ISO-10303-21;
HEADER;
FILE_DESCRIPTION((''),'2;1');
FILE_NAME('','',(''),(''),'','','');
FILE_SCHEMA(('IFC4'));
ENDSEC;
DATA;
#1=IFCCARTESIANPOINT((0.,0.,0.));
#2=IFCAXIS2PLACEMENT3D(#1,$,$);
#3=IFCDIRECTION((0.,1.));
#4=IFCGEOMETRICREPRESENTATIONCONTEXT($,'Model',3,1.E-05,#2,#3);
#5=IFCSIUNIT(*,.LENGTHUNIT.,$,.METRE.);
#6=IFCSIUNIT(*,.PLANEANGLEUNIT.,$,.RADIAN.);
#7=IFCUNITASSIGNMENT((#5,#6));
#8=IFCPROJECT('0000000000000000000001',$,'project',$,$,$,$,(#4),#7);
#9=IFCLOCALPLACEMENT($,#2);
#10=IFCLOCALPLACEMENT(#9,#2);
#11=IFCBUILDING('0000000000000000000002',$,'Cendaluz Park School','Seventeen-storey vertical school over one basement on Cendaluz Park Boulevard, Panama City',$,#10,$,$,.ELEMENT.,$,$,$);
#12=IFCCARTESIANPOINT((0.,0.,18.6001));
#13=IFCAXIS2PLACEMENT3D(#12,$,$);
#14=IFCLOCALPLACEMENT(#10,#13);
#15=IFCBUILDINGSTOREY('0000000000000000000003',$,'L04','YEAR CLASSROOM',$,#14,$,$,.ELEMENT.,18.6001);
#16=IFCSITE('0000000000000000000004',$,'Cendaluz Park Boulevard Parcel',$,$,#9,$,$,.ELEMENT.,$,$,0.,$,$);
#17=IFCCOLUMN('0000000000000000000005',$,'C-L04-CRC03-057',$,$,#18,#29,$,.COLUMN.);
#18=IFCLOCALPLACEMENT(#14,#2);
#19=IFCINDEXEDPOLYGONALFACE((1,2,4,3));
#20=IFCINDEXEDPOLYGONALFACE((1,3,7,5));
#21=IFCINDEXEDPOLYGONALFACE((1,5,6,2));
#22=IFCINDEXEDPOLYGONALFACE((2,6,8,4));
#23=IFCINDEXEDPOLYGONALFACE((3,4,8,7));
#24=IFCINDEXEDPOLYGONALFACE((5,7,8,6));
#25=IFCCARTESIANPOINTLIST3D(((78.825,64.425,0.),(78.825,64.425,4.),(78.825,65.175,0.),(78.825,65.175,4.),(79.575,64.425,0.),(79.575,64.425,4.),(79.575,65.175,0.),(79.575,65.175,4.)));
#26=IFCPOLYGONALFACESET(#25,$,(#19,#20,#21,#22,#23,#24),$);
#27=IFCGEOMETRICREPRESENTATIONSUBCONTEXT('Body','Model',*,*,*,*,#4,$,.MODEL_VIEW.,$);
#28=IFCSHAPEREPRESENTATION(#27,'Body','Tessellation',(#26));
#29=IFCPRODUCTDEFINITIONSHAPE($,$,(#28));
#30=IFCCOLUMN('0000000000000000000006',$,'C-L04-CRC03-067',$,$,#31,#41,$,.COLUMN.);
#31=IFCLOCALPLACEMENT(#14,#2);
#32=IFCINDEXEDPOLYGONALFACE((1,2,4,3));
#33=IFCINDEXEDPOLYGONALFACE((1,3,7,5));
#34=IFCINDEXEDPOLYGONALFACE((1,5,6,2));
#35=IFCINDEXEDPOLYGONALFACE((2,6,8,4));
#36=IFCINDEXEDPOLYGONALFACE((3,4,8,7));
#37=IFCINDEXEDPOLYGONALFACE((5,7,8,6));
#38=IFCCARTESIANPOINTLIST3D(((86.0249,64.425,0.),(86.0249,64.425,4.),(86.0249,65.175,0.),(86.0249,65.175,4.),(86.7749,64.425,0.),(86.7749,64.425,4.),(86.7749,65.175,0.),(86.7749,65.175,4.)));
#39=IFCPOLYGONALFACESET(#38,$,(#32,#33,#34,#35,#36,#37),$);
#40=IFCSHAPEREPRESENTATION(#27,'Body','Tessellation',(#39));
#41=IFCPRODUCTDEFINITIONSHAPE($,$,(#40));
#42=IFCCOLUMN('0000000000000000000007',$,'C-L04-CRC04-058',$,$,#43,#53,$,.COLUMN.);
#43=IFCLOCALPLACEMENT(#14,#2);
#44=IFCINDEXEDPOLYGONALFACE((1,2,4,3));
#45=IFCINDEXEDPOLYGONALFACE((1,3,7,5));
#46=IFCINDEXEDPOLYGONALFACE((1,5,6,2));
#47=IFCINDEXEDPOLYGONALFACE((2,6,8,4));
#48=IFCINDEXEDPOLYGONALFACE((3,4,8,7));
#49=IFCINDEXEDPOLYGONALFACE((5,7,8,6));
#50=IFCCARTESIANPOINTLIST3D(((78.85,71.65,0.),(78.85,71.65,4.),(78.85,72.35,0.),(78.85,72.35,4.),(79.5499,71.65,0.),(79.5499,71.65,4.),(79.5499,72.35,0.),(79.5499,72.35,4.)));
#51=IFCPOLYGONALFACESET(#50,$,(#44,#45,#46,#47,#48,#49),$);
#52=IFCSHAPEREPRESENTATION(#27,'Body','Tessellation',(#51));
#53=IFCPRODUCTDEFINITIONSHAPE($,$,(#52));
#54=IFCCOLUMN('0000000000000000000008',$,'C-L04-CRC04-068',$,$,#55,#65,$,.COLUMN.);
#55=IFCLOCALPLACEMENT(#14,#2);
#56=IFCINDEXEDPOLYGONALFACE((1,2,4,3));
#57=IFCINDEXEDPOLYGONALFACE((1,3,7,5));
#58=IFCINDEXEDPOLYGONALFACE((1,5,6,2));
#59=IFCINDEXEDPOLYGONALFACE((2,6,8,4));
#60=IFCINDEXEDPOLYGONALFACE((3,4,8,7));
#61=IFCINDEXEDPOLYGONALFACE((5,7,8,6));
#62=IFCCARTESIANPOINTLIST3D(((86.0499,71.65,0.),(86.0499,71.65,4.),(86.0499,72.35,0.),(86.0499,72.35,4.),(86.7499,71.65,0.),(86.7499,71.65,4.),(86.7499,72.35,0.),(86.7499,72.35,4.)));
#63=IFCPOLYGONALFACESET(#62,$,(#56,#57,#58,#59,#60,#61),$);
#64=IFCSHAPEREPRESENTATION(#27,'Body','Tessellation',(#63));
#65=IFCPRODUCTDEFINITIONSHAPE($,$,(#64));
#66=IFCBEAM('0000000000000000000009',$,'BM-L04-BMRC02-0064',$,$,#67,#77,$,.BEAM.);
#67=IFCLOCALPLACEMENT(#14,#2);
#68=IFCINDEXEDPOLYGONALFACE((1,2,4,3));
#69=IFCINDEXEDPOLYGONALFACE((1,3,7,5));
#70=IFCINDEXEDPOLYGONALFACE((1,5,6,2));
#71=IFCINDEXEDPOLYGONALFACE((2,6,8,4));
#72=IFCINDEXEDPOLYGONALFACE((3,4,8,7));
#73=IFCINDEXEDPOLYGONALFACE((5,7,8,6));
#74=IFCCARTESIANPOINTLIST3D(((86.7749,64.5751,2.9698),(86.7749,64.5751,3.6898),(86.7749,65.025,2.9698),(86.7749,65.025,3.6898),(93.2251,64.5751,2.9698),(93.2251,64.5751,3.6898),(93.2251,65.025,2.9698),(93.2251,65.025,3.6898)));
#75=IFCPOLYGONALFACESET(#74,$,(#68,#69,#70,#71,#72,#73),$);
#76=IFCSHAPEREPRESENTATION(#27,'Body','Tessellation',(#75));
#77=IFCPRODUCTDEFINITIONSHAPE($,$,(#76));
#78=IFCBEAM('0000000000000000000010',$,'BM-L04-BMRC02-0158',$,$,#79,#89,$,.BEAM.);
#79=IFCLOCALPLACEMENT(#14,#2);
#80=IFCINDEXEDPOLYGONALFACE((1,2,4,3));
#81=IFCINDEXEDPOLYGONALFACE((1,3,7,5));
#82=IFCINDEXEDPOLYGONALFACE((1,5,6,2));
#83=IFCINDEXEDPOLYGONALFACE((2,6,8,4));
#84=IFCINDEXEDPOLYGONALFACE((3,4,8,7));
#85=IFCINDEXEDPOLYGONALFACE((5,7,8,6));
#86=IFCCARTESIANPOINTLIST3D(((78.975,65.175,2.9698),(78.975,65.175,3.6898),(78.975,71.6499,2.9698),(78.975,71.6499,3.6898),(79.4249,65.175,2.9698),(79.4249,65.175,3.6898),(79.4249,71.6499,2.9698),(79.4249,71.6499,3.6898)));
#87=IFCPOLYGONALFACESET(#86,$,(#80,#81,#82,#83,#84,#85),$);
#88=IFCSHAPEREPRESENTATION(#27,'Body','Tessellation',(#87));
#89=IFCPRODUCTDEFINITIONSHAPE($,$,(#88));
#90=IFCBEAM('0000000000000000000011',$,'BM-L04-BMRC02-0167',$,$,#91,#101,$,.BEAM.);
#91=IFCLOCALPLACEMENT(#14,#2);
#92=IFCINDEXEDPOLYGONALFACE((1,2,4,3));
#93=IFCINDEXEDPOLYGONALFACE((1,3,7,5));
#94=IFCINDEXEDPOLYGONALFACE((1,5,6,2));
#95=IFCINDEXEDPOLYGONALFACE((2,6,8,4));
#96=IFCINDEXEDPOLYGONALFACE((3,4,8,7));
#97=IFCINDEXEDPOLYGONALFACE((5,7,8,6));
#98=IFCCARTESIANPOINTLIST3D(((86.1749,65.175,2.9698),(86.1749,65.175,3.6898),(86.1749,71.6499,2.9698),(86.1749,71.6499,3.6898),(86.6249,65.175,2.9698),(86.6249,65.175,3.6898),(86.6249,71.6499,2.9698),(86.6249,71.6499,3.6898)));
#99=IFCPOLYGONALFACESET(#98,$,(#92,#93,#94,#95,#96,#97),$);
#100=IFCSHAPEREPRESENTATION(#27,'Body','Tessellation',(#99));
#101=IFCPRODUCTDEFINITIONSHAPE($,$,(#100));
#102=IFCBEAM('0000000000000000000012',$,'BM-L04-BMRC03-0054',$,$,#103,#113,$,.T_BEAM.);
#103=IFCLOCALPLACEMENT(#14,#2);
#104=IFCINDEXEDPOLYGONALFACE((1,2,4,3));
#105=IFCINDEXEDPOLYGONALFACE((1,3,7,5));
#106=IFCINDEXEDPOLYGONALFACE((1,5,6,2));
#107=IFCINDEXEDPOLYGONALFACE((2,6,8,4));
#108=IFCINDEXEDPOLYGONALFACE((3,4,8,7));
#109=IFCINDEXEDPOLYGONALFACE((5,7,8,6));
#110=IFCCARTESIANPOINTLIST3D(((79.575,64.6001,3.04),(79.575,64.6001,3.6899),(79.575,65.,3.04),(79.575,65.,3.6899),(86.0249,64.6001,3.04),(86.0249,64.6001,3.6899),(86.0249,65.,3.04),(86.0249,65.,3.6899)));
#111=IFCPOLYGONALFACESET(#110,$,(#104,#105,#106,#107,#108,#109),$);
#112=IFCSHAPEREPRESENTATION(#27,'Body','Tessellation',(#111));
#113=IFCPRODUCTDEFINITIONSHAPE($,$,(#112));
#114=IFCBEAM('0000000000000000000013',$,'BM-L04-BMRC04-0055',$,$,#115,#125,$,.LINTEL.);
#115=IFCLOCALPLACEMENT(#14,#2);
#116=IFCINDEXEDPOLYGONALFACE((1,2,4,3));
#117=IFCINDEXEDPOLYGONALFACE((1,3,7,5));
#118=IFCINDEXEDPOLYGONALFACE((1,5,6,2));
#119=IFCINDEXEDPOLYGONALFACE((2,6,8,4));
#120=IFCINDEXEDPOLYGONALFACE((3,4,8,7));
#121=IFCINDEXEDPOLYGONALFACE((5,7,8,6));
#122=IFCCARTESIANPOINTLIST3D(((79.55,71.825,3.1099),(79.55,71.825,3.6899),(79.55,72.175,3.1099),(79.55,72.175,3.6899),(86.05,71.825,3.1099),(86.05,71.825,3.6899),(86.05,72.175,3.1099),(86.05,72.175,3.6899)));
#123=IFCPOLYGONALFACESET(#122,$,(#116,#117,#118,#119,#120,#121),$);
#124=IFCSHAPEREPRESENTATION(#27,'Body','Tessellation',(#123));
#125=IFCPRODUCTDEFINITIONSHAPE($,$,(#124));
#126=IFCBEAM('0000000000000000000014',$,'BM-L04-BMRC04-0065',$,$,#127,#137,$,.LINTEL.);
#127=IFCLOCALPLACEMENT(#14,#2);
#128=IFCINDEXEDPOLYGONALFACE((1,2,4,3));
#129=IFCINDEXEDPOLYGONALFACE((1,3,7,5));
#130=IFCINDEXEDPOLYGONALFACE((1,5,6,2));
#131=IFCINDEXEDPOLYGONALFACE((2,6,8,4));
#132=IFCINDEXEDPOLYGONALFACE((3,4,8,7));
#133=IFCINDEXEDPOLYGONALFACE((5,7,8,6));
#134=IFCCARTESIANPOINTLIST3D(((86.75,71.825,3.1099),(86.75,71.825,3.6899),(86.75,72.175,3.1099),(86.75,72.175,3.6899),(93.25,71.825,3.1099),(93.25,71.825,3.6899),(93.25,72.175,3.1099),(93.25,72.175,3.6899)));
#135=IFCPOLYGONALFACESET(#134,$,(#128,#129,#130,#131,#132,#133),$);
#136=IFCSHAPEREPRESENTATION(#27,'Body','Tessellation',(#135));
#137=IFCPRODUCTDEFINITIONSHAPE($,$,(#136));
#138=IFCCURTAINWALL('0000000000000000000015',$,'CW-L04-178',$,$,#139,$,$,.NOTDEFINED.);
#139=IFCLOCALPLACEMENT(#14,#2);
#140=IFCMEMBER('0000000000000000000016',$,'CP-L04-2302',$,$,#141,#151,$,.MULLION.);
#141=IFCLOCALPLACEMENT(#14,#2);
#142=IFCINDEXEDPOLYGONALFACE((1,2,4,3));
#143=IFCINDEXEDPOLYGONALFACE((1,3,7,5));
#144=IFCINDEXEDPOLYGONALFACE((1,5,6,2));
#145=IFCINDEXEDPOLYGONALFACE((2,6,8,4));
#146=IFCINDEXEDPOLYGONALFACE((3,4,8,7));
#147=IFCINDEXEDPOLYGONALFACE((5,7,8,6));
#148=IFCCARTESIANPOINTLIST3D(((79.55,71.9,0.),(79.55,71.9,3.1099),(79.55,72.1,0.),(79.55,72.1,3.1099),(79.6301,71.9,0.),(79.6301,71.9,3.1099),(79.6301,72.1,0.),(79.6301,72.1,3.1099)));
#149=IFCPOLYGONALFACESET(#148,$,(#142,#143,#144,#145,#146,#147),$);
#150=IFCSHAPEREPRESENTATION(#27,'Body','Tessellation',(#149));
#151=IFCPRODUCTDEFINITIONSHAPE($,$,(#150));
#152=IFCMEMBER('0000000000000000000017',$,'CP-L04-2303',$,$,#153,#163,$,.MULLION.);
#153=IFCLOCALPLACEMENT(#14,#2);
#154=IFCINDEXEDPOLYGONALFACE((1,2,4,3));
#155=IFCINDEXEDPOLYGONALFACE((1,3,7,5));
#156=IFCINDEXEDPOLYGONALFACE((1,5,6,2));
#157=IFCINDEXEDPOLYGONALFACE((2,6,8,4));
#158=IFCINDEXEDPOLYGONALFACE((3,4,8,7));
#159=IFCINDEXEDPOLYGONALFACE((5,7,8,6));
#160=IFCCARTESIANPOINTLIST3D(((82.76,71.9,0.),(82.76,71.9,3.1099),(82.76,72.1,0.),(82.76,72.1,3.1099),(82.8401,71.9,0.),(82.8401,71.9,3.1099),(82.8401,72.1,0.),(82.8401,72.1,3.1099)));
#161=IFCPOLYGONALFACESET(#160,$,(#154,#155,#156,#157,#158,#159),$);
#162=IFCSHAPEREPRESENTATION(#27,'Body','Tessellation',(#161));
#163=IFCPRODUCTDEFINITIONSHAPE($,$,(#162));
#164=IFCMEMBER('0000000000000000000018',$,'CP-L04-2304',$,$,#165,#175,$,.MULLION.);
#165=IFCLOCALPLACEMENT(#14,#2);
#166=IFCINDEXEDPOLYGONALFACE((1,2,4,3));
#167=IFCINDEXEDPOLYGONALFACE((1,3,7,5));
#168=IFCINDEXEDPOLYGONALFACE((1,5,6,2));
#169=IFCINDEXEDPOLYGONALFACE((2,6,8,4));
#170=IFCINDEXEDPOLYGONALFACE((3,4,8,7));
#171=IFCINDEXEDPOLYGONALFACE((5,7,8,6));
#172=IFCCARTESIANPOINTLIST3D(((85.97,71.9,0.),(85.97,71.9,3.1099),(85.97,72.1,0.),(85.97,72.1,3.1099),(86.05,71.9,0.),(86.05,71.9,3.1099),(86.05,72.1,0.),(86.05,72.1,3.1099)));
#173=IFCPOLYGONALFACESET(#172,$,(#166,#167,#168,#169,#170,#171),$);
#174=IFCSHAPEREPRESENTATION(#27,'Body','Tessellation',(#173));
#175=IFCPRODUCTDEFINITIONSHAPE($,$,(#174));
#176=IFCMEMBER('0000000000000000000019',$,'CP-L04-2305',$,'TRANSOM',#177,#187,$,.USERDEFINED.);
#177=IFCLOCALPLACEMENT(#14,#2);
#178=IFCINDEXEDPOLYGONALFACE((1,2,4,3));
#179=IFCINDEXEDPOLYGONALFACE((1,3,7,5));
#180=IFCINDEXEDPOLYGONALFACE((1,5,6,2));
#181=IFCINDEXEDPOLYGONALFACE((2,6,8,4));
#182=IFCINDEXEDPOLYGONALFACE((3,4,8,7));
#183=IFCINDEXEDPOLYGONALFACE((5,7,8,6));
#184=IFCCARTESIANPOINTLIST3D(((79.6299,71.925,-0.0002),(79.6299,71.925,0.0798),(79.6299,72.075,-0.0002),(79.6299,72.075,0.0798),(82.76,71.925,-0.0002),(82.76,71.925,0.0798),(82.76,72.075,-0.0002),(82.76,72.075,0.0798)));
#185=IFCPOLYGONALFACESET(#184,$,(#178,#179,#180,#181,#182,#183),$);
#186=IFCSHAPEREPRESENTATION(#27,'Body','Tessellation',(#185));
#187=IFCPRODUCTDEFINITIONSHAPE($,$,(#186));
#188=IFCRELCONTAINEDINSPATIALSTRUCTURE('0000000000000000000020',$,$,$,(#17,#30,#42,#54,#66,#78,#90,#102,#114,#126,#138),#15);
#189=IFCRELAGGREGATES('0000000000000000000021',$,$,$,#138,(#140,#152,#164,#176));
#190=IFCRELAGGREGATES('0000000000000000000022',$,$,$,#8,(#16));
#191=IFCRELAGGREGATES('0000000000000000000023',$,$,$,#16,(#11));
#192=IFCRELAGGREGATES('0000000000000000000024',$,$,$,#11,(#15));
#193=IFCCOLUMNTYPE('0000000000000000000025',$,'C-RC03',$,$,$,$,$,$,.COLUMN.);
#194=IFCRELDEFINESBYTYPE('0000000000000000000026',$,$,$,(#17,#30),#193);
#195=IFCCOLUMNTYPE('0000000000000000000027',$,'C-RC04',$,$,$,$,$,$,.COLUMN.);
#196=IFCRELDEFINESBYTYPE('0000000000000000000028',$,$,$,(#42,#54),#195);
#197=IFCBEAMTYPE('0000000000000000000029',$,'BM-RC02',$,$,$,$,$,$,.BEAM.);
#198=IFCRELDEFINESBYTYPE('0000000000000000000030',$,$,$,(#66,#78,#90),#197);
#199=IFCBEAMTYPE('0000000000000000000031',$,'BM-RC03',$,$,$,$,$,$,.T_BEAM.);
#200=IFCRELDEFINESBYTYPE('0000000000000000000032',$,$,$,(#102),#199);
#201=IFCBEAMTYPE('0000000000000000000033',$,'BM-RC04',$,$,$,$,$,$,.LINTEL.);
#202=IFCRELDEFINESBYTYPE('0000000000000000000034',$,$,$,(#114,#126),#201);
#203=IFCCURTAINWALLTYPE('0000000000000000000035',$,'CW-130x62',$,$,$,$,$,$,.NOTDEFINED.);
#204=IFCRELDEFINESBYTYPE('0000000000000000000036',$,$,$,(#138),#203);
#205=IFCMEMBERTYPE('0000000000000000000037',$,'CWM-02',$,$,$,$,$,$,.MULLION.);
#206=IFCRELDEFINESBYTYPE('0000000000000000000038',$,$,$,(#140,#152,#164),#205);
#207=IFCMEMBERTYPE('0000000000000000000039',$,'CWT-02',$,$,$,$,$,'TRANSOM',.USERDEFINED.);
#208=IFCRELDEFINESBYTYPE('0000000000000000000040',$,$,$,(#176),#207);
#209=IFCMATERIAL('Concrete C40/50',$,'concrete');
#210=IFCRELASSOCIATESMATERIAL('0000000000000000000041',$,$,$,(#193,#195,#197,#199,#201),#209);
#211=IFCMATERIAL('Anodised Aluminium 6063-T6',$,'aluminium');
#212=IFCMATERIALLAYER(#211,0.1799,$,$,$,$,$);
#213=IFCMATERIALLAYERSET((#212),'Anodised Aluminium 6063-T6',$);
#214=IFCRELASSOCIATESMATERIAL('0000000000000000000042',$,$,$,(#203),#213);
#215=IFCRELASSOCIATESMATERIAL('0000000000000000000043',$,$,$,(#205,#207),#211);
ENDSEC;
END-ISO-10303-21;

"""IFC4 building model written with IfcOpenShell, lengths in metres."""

from ifc_helpers import new_model, si_unit, direction, frame, origin, origin_2d, place, context, subcontext, project, spatial, rectangle, extrude, material, layer, layer_set, material_profile, profile_set, type_object, element, aggregate, save


model = new_model("IFC4")

# Units and contexts
model_context = context("Model", 3, precision=1e-05, world=origin(), true_north=direction((0.0, 1.0)))
body_context = subcontext(model_context, "Body", "Model", "MODEL_VIEW")
ifc_project = project(units=[si_unit("LENGTHUNIT", "METRE"), si_unit("PLANEANGLEUNIT", "RADIAN")], contexts=[model_context])

# Site, building, storey
site_placement = place(None, origin())
site = spatial("IfcSite", under=ifc_project, at=site_placement, Name="Cendaluz Park Boulevard Parcel", CompositionType="ELEMENT", RefElevation=0.0)
building_placement = place(site_placement, origin())
building = spatial("IfcBuilding", under=site, at=building_placement, Name="Cendaluz Park School", Description="Seventeen-storey vertical school over one basement on Cendaluz Park Boulevard, Panama City", CompositionType="ELEMENT")
storey_placement = place(building_placement, frame((0.0, 0.0, 18.6001)))
storey = spatial("IfcBuildingStorey", under=building, at=storey_placement, Name="L04", Description="YEAR CLASSROOM", CompositionType="ELEMENT", Elevation=18.6001)

# Columns
ifc_material_1 = material(Name="Concrete C40/50", Category="concrete")
ifc_material_profile_1 = material_profile(ifc_material_1, rectangle(XDim=0.75, YDim=0.75, at=origin_2d()), Name="RC 750x750", Category="concrete")
ifc_profile_set_1 = profile_set([ifc_material_profile_1], Name="Concrete C40/50")
column_type_1 = type_object("IfcColumnType", Name="C-RC03", PredefinedType="COLUMN", material=ifc_profile_set_1)
for number, where, z_axis, x_axis, name in (
    (1, (79.2, 64.8, 0.0), (0.0, 0.0, 1.0), (1.0, 0.0, 0.0), "C-L04-CRC03-057"),
    (2, (86.3999, 64.8, 0.0), (0.0, 0.0, 1.0), (1.0, 0.0, 0.0), "C-L04-CRC03-067"),
):
    element("IfcColumn", number, at=place(storey_placement, frame(where, z_axis=z_axis, x_axis=x_axis)), inside=storey, type_object=column_type_1, Name=name, PredefinedType="COLUMN", context=body_context, shape_type="SweptSolid", body=[
        extrude(rectangle(XDim=0.75, YDim=0.75, at=origin_2d()), origin(), (0.0, 0.0, 1.0), 4.0),
    ])
ifc_material_profile_2 = material_profile(ifc_material_1, rectangle(XDim=0.7, YDim=0.7, at=origin_2d()), Name="RC 700x700", Category="concrete")
ifc_profile_set_2 = profile_set([ifc_material_profile_2], Name="Concrete C40/50")
column_type_2 = type_object("IfcColumnType", Name="C-RC04", PredefinedType="COLUMN", material=ifc_profile_set_2)
for number, where, z_axis, x_axis, name in (
    (3, (79.2, 72.0, 0.0), (0.0, 0.0, 1.0), (1.0, 0.0, 0.0), "C-L04-CRC04-058"),
    (4, (86.3999, 72.0, 0.0), (0.0, 0.0, 1.0), (1.0, 0.0, 0.0), "C-L04-CRC04-068"),
):
    element("IfcColumn", number, at=place(storey_placement, frame(where, z_axis=z_axis, x_axis=x_axis)), inside=storey, type_object=column_type_2, Name=name, PredefinedType="COLUMN", context=body_context, shape_type="SweptSolid", body=[
        extrude(rectangle(XDim=0.7, YDim=0.7, at=origin_2d()), origin(), (0.0, 0.0, 1.0), 4.0),
    ])

# Beams
ifc_material_profile_3 = material_profile(ifc_material_1, rectangle(XDim=0.45, YDim=0.72, at=origin_2d()), Name="RC 450x720", Category="concrete")
ifc_profile_set_3 = profile_set([ifc_material_profile_3], Name="Concrete C40/50")
beam_type_1 = type_object("IfcBeamType", Name="BM-RC02", PredefinedType="BEAM", material=ifc_profile_set_3)
beam_1_placement = place(storey_placement, frame((86.7749, 64.8, 3.3298), z_axis=(1.0, 0.0, 0.0), x_axis=(0.0, 1.0, 0.0)))
element("IfcBeam", 5, at=beam_1_placement, inside=storey, type_object=beam_type_1, Name="BM-L04-BMRC02-0064", PredefinedType="BEAM", context=body_context, shape_type="SweptSolid", body=[
    extrude(rectangle(XDim=0.45, YDim=0.72, at=origin_2d()), origin(), (0.0, 0.0, 1.0), 6.4502),
])
for number, where, z_axis, x_axis, name in (
    (6, (79.2, 65.175, 3.3298), (0.0, 1.0, 0.0), (-1.0, 0.0, 0.0), "BM-L04-BMRC02-0158"),
    (7, (86.3999, 65.175, 3.3298), (0.0, 1.0, 0.0), (-1.0, 0.0, 0.0), "BM-L04-BMRC02-0167"),
):
    element("IfcBeam", number, at=place(storey_placement, frame(where, z_axis=z_axis, x_axis=x_axis)), inside=storey, type_object=beam_type_1, Name=name, PredefinedType="BEAM", context=body_context, shape_type="SweptSolid", body=[
        extrude(rectangle(XDim=0.45, YDim=0.72, at=origin_2d()), origin(), (0.0, 0.0, 1.0), 6.4749),
    ])
ifc_material_profile_4 = material_profile(ifc_material_1, rectangle(XDim=0.3999, YDim=0.6499, at=origin_2d()), Name="RC 400x650", Category="concrete")
ifc_profile_set_4 = profile_set([ifc_material_profile_4], Name="Concrete C40/50")
beam_type_2 = type_object("IfcBeamType", Name="BM-RC03", PredefinedType="T_BEAM", material=ifc_profile_set_4)
beam_2_placement = place(storey_placement, frame((79.575, 64.8, 3.365), z_axis=(1.0, 0.0, 0.0), x_axis=(0.0, 1.0, 0.0)))
element("IfcBeam", 8, at=beam_2_placement, inside=storey, type_object=beam_type_2, Name="BM-L04-BMRC03-0054", PredefinedType="T_BEAM", context=body_context, shape_type="SweptSolid", body=[
    extrude(rectangle(XDim=0.3999, YDim=0.6499, at=origin_2d()), origin(), (0.0, 0.0, 1.0), 6.45),
])
ifc_material_profile_5 = material_profile(ifc_material_1, rectangle(XDim=0.3501, YDim=0.5801, at=origin_2d()), Name="RC 350x580", Category="concrete")
ifc_profile_set_5 = profile_set([ifc_material_profile_5], Name="Concrete C40/50")
beam_type_3 = type_object("IfcBeamType", Name="BM-RC04", PredefinedType="LINTEL", material=ifc_profile_set_5)
for number, where, z_axis, x_axis, name in (
    (9, (79.55, 72.0, 3.3999), (1.0, 0.0, 0.0), (0.0, 1.0, 0.0), "BM-L04-BMRC04-0055"),
    (10, (86.75, 72.0, 3.3999), (1.0, 0.0, 0.0), (0.0, 1.0, 0.0), "BM-L04-BMRC04-0065"),
):
    element("IfcBeam", number, at=place(storey_placement, frame(where, z_axis=z_axis, x_axis=x_axis)), inside=storey, type_object=beam_type_3, Name=name, PredefinedType="LINTEL", context=body_context, shape_type="SweptSolid", body=[
        extrude(rectangle(XDim=0.3501, YDim=0.5801, at=origin_2d()), origin(), (0.0, 0.0, 1.0), 6.5),
    ])

# Curtain wall, members
ifc_material_2 = material(Name="Anodised Aluminium 6063-T6", Category="aluminium")
ifc_layer_1 = layer(ifc_material_2, 0.1799)
ifc_layer_set_1 = layer_set([ifc_layer_1], Name="Anodised Aluminium 6063-T6")
curtain_wall_type = type_object("IfcCurtainWallType", Name="CW-130x62", PredefinedType="NOTDEFINED", material=ifc_layer_set_1)
curtain_wall_placement = place(storey_placement, origin())
curtain_wall = element("IfcCurtainWall", 11, at=curtain_wall_placement, inside=storey, type_object=curtain_wall_type, Name="CW-L04-178", PredefinedType="NOTDEFINED")
ifc_material_profile_6 = material_profile(ifc_material_2, rectangle(XDim=0.2, YDim=0.0801, at=origin_2d()), Name="CWM 200x80", Category="aluminium")
ifc_profile_set_6 = profile_set([ifc_material_profile_6], Name="Anodised Aluminium 6063-T6")
member_type_1 = type_object("IfcMemberType", Name="CWM-02", PredefinedType="MULLION", material=ifc_profile_set_6)
member_1_placement = place(storey_placement, frame((79.5901, 72.0, 0.0), z_axis=(0.0, 0.0, 1.0), x_axis=(0.0, 1.0, 0.0)))
member_1 = element("IfcMember", 12, at=member_1_placement, type_object=member_type_1, Name="CP-L04-2302", PredefinedType="MULLION", context=body_context, shape_type="SweptSolid", body=[
    extrude(rectangle(XDim=0.2, YDim=0.0801, at=origin_2d()), origin(), (0.0, 0.0, 1.0), 3.1099),
])
member_2_placement = place(storey_placement, frame((82.8, 72.0, 0.0), z_axis=(0.0, 0.0, 1.0), x_axis=(0.0, 1.0, 0.0)))
member_2 = element("IfcMember", 13, at=member_2_placement, type_object=member_type_1, Name="CP-L04-2303", PredefinedType="MULLION", context=body_context, shape_type="SweptSolid", body=[
    extrude(rectangle(XDim=0.2, YDim=0.0801, at=origin_2d()), origin(), (0.0, 0.0, 1.0), 3.1099),
])
member_3_placement = place(storey_placement, frame((86.01, 72.0, 0.0), z_axis=(0.0, 0.0, 1.0), x_axis=(0.0, 1.0, 0.0)))
member_3 = element("IfcMember", 14, at=member_3_placement, type_object=member_type_1, Name="CP-L04-2304", PredefinedType="MULLION", context=body_context, shape_type="SweptSolid", body=[
    extrude(rectangle(XDim=0.2, YDim=0.0801, at=origin_2d()), origin(), (0.0, 0.0, 1.0), 3.1099),
])
ifc_material_profile_7 = material_profile(ifc_material_2, rectangle(XDim=0.1499, YDim=0.0801, at=origin_2d()), Name="CWT 150x80", Category="aluminium")
ifc_profile_set_7 = profile_set([ifc_material_profile_7], Name="Anodised Aluminium 6063-T6")
member_type_2 = type_object("IfcMemberType", Name="CWT-02", ElementType="TRANSOM", PredefinedType="USERDEFINED", material=ifc_profile_set_7)
member_4_placement = place(storey_placement, frame((79.6299, 72.0, 0.0398), z_axis=(1.0, 0.0, 0.0), x_axis=(0.0, 1.0, 0.0)))
member_4 = element("IfcMember", 15, at=member_4_placement, type_object=member_type_2, Name="CP-L04-2305", ObjectType="TRANSOM", PredefinedType="USERDEFINED", context=body_context, shape_type="SweptSolid", body=[
    extrude(rectangle(XDim=0.1499, YDim=0.0801, at=origin_2d()), origin(), (0.0, 0.0, 1.0), 3.1301),
])

aggregate(curtain_wall, [member_1, member_2, member_3, member_4])

save(model, "model.ifc")
